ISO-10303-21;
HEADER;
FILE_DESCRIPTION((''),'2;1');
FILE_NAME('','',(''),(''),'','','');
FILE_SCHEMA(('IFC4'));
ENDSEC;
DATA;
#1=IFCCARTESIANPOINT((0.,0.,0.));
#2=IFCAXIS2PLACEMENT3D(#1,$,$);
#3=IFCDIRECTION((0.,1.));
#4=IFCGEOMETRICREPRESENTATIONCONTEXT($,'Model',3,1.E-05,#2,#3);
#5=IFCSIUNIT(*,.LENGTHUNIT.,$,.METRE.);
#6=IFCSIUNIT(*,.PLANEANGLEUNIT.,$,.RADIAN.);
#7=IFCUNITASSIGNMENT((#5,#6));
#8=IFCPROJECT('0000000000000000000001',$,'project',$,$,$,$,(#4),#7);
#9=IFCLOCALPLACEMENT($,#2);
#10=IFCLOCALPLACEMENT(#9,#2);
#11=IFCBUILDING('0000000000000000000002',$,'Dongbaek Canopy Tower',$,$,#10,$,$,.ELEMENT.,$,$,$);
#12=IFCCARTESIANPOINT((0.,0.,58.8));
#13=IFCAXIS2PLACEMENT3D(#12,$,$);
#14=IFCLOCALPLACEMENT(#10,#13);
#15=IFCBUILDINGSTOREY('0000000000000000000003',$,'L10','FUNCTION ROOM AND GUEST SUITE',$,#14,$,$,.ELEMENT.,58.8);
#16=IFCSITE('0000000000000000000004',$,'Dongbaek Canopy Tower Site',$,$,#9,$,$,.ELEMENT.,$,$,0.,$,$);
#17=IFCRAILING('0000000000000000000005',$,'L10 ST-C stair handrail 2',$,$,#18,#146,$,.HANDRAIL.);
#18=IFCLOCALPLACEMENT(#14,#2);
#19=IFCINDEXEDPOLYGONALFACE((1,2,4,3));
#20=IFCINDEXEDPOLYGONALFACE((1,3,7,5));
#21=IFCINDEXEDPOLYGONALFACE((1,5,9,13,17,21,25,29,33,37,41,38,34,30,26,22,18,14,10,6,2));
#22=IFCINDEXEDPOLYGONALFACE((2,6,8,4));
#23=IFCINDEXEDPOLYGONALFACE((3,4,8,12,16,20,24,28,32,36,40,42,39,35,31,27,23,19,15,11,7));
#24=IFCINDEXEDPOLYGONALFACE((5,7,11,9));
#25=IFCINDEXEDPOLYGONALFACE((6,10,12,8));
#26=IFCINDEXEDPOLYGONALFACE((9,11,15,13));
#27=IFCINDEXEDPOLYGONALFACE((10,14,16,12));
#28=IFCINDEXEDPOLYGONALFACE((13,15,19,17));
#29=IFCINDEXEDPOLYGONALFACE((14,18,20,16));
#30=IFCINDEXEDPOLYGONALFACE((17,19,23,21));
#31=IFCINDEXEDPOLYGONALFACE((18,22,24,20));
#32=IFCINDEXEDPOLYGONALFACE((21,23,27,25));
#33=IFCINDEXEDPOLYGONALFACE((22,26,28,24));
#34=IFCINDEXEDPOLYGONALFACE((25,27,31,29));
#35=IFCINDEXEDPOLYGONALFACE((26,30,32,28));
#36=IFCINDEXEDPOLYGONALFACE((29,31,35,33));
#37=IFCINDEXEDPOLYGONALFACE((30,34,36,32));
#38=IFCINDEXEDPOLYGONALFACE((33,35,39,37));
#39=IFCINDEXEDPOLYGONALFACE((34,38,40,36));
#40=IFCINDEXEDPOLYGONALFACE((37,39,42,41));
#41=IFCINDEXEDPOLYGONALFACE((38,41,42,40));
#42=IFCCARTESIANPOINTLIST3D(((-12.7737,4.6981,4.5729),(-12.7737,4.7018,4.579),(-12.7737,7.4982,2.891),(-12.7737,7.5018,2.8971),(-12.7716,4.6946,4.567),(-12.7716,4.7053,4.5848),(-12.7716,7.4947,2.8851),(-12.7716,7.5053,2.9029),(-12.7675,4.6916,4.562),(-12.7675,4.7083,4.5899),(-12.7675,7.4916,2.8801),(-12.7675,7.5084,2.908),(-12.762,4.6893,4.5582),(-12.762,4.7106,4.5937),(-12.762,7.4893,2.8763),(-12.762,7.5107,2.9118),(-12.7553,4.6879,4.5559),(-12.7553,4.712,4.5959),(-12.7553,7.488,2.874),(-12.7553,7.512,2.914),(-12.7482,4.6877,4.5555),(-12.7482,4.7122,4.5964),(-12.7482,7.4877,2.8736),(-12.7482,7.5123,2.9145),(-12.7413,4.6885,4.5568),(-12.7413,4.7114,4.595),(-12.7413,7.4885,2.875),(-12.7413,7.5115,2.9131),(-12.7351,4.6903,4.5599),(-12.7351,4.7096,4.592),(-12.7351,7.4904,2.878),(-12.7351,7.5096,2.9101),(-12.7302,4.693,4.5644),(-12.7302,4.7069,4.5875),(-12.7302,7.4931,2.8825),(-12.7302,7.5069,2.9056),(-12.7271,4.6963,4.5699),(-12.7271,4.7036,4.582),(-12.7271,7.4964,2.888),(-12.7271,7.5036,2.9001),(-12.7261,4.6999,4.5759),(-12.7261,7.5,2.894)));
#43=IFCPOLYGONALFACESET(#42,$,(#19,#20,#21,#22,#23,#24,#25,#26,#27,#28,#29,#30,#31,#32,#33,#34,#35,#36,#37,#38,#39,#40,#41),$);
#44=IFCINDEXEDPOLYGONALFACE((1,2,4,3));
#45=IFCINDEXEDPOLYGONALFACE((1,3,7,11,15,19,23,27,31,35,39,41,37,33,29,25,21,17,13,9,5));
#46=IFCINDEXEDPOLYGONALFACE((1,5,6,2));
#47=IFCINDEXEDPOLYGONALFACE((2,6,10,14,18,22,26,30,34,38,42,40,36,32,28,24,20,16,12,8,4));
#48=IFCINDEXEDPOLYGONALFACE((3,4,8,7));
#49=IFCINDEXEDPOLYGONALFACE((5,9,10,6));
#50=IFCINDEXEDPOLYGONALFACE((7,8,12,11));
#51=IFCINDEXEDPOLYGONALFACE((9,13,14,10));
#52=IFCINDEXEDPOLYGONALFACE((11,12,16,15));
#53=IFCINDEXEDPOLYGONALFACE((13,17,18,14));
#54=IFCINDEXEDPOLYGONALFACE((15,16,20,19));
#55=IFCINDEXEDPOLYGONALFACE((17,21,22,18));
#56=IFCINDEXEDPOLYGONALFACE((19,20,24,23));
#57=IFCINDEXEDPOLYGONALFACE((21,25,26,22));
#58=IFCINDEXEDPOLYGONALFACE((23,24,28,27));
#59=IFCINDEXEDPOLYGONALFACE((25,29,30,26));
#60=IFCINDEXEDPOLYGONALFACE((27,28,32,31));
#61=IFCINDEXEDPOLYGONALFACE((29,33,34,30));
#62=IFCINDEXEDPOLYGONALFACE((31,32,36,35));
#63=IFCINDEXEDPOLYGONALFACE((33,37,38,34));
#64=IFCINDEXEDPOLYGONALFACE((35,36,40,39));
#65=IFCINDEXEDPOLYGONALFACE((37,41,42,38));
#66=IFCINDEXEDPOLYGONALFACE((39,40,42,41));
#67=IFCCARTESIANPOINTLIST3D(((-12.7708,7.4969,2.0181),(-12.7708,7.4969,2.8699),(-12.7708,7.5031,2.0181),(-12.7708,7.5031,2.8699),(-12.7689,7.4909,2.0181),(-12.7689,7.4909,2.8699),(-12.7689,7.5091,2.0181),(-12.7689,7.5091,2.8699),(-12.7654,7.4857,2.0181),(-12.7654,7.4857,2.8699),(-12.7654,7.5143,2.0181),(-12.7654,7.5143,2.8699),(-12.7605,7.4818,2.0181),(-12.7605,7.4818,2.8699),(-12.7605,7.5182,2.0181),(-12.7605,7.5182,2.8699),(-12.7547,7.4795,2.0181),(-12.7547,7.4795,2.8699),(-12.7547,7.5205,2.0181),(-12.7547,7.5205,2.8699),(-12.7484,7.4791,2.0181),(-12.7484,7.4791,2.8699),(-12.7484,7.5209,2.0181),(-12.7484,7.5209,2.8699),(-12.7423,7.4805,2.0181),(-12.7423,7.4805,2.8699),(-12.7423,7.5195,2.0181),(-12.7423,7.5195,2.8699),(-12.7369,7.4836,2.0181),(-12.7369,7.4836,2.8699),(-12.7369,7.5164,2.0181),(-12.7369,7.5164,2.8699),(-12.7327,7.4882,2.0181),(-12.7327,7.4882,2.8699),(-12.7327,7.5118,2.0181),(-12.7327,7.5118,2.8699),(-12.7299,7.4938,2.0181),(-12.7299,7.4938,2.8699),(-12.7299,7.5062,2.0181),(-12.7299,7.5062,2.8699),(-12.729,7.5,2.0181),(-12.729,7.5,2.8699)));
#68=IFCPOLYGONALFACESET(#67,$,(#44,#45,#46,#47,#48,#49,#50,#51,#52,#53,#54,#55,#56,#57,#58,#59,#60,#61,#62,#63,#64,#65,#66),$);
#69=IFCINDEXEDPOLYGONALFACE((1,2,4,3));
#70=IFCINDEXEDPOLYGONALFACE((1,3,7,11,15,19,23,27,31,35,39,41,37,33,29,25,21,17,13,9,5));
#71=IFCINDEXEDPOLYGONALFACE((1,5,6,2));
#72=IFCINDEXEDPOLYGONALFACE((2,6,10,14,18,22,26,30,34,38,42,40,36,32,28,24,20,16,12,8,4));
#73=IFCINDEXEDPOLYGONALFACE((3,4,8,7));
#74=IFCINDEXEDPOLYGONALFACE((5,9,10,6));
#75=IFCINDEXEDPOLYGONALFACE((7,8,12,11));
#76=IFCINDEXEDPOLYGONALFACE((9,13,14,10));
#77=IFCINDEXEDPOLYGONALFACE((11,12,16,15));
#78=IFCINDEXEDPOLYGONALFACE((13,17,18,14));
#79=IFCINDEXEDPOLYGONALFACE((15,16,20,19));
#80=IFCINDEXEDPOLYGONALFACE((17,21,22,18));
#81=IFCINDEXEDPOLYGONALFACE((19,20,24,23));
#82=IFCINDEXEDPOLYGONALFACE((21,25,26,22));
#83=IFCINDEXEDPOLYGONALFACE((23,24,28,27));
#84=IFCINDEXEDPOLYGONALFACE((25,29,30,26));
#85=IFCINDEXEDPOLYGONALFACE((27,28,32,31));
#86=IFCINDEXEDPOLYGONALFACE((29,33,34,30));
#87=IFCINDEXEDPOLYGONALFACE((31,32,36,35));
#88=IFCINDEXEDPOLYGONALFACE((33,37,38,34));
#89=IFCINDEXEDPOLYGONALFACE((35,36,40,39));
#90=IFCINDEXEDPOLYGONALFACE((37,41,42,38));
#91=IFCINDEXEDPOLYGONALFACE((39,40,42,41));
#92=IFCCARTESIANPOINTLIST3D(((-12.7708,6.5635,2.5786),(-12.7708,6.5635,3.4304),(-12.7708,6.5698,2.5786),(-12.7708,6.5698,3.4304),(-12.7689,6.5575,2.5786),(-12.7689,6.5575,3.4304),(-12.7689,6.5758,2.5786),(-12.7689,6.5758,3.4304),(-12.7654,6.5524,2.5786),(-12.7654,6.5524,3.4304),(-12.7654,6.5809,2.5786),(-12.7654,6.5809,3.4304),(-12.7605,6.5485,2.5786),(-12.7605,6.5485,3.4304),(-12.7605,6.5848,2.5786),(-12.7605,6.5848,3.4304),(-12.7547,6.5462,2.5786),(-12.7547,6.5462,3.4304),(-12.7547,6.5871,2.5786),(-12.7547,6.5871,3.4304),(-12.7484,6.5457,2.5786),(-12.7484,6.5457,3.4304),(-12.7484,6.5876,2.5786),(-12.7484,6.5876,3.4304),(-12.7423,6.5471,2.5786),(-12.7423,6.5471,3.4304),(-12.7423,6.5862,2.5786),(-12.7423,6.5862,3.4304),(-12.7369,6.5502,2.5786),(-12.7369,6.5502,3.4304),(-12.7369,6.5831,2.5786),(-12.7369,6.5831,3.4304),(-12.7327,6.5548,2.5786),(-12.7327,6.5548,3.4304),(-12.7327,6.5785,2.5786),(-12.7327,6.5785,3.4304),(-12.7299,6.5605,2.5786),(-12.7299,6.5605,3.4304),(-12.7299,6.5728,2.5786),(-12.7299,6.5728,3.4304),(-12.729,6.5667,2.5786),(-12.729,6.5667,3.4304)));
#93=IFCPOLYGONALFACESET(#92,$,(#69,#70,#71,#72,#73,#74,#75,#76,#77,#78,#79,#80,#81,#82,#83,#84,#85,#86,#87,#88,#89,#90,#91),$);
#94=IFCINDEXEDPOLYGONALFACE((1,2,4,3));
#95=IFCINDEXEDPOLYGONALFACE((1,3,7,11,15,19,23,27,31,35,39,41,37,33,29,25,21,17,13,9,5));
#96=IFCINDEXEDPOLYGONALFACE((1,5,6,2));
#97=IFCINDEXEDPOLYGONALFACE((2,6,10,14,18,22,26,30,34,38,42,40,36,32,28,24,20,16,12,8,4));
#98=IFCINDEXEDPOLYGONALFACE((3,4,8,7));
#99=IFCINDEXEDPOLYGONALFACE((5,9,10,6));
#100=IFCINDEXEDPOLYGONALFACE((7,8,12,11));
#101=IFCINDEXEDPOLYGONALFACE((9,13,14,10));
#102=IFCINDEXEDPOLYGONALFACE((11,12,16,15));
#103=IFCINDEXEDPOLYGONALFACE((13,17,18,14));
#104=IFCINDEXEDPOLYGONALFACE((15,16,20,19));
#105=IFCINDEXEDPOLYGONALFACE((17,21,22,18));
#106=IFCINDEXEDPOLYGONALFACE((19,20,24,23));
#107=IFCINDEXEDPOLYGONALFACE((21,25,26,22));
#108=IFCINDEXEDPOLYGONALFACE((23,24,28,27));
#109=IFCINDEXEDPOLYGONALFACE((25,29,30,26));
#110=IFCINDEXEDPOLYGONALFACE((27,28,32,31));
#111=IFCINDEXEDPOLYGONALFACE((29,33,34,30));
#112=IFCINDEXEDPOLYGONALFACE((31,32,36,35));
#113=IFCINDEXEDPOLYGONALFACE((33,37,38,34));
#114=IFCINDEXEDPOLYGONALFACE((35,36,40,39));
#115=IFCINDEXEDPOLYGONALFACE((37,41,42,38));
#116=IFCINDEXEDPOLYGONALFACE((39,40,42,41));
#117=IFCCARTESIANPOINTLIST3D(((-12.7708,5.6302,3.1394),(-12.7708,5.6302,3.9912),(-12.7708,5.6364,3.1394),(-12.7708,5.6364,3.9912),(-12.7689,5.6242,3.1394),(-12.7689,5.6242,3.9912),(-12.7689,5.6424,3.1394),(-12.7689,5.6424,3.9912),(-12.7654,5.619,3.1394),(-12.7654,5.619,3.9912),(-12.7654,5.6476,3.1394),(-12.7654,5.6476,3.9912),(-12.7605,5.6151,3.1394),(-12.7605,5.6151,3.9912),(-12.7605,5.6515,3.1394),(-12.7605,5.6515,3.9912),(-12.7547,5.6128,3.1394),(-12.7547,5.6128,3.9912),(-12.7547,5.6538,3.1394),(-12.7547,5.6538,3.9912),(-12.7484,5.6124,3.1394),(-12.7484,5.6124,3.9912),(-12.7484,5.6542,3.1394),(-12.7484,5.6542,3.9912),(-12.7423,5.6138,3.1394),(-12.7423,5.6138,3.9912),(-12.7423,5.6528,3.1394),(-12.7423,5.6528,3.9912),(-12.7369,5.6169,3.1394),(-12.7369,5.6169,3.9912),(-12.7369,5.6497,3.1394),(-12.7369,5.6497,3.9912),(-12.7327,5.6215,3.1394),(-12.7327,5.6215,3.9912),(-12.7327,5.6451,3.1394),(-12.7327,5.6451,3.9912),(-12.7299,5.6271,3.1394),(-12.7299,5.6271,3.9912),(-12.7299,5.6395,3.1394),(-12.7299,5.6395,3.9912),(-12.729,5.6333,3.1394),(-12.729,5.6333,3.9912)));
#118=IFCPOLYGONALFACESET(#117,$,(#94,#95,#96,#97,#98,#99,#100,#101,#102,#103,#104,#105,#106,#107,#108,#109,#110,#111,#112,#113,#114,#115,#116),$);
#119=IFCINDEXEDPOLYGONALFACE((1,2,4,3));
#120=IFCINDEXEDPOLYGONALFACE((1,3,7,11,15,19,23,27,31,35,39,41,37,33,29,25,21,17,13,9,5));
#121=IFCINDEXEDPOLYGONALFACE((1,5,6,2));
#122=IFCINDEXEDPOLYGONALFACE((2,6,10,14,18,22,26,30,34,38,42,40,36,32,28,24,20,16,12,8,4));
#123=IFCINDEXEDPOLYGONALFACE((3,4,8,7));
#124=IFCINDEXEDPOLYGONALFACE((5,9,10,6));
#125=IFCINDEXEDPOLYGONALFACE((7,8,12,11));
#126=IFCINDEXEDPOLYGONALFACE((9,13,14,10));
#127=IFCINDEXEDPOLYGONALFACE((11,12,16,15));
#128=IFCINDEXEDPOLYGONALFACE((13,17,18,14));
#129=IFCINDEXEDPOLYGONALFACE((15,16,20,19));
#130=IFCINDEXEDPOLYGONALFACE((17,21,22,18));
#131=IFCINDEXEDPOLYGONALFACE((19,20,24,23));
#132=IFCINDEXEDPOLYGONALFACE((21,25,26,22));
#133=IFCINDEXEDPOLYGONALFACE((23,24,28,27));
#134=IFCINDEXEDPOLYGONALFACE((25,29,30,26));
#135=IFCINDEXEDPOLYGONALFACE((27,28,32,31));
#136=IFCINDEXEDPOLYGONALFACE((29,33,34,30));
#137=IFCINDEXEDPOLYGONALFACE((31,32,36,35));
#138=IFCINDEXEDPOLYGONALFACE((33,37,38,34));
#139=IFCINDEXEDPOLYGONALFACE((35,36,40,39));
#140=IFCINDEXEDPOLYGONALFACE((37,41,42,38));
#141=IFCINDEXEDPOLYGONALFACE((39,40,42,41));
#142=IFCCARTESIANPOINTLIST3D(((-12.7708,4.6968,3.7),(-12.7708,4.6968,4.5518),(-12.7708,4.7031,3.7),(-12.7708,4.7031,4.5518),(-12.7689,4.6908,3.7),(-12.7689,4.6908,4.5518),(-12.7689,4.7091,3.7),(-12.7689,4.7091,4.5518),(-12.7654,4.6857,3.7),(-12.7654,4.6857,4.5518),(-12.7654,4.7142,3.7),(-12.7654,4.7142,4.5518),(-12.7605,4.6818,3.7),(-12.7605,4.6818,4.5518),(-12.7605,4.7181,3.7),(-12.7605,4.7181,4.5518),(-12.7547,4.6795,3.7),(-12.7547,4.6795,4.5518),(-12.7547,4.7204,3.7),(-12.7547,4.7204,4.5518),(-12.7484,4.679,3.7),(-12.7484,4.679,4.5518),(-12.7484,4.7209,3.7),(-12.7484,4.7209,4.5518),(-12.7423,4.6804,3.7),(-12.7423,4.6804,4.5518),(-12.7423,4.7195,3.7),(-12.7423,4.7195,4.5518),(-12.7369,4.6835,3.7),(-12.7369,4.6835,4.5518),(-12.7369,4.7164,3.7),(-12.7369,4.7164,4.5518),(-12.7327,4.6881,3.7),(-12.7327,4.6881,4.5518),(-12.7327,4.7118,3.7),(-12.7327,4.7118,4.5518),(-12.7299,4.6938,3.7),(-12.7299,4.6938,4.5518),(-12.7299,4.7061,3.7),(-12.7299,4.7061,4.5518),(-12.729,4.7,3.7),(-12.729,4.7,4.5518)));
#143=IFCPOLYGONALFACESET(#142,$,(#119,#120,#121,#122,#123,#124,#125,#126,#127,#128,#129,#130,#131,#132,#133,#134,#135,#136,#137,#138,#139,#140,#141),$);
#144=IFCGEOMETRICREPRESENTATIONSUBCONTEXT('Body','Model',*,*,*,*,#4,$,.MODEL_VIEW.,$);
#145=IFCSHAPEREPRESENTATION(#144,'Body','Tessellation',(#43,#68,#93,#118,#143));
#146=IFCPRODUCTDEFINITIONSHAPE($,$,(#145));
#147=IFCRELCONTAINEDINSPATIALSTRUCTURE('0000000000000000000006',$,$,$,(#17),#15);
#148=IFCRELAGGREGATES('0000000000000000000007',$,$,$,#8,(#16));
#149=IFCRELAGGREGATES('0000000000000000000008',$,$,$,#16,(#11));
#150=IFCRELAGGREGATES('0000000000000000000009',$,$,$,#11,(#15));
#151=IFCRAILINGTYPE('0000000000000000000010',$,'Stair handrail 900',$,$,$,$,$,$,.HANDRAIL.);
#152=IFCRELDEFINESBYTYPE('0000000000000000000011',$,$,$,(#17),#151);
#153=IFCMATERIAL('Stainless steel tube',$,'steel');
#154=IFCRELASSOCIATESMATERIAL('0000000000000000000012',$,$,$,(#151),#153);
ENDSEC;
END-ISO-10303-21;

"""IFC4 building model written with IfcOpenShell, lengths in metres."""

from ifc_helpers import new_model, si_unit, direction, frame, origin, origin_2d, place, context, subcontext, project, spatial, circle, extrude, material, type_object, element, save


model = new_model("IFC4")

# Units and contexts
model_context = context("Model", 3, precision=1e-05, world=origin(), true_north=direction((0.0, 1.0)))
body_context = subcontext(model_context, "Body", "Model", "MODEL_VIEW")
ifc_project = project(units=[si_unit("LENGTHUNIT", "METRE"), si_unit("PLANEANGLEUNIT", "RADIAN")], contexts=[model_context])

# Site, building, storey
site_placement = place(None, origin())
site = spatial("IfcSite", under=ifc_project, at=site_placement, Name="Dongbaek Canopy Tower Site", CompositionType="ELEMENT", RefElevation=0.0)
building_placement = place(site_placement, origin())
building = spatial("IfcBuilding", under=site, at=building_placement, Name="Dongbaek Canopy Tower", CompositionType="ELEMENT")
storey_placement = place(building_placement, frame((0.0, 0.0, 58.8)))
storey = spatial("IfcBuildingStorey", under=building, at=storey_placement, Name="L10", Description="FUNCTION ROOM AND GUEST SUITE", CompositionType="ELEMENT", Elevation=58.8)

# Railing
ifc_material_1 = material(Name="Stainless steel tube", Category="steel")
railing_type_1 = type_object("IfcRailingType", Name="Stair handrail 900", PredefinedType="HANDRAIL", material=ifc_material_1)
railing_1_placement = place(storey_placement, frame((-12.75, 7.5, 2.0181)))
element("IfcRailing", 1, at=railing_1_placement, inside=storey, type_object=railing_type_1, Name="L10 ST-C stair handrail 2", PredefinedType="HANDRAIL", context=body_context, shape_type="SweptSolid", body=[
    extrude(circle(Radius=0.0239, at=origin_2d()), frame((0.0, 0.0, 0.876), z_axis=(0.0, -0.857242, 0.514913), x_axis=(1.0, 0.0, 0.0)), (0.0, 0.0, 1.0), 3.2664),
    extrude(circle(Radius=0.021, at=origin_2d()), origin(), (0.0, 0.0, 1.0), 0.8518),
    extrude(circle(Radius=0.021, at=origin_2d()), frame((0.0, -0.9333, 0.5605)), (0.0, 0.0, 1.0), 0.8518),
    extrude(circle(Radius=0.021, at=origin_2d()), frame((0.0, -1.8667, 1.1213)), (0.0, 0.0, 1.0), 0.8518),
    extrude(circle(Radius=0.021, at=origin_2d()), frame((0.0, -2.8, 1.6819)), (0.0, 0.0, 1.0), 0.8518),
])

save(model, "model.ifc")
